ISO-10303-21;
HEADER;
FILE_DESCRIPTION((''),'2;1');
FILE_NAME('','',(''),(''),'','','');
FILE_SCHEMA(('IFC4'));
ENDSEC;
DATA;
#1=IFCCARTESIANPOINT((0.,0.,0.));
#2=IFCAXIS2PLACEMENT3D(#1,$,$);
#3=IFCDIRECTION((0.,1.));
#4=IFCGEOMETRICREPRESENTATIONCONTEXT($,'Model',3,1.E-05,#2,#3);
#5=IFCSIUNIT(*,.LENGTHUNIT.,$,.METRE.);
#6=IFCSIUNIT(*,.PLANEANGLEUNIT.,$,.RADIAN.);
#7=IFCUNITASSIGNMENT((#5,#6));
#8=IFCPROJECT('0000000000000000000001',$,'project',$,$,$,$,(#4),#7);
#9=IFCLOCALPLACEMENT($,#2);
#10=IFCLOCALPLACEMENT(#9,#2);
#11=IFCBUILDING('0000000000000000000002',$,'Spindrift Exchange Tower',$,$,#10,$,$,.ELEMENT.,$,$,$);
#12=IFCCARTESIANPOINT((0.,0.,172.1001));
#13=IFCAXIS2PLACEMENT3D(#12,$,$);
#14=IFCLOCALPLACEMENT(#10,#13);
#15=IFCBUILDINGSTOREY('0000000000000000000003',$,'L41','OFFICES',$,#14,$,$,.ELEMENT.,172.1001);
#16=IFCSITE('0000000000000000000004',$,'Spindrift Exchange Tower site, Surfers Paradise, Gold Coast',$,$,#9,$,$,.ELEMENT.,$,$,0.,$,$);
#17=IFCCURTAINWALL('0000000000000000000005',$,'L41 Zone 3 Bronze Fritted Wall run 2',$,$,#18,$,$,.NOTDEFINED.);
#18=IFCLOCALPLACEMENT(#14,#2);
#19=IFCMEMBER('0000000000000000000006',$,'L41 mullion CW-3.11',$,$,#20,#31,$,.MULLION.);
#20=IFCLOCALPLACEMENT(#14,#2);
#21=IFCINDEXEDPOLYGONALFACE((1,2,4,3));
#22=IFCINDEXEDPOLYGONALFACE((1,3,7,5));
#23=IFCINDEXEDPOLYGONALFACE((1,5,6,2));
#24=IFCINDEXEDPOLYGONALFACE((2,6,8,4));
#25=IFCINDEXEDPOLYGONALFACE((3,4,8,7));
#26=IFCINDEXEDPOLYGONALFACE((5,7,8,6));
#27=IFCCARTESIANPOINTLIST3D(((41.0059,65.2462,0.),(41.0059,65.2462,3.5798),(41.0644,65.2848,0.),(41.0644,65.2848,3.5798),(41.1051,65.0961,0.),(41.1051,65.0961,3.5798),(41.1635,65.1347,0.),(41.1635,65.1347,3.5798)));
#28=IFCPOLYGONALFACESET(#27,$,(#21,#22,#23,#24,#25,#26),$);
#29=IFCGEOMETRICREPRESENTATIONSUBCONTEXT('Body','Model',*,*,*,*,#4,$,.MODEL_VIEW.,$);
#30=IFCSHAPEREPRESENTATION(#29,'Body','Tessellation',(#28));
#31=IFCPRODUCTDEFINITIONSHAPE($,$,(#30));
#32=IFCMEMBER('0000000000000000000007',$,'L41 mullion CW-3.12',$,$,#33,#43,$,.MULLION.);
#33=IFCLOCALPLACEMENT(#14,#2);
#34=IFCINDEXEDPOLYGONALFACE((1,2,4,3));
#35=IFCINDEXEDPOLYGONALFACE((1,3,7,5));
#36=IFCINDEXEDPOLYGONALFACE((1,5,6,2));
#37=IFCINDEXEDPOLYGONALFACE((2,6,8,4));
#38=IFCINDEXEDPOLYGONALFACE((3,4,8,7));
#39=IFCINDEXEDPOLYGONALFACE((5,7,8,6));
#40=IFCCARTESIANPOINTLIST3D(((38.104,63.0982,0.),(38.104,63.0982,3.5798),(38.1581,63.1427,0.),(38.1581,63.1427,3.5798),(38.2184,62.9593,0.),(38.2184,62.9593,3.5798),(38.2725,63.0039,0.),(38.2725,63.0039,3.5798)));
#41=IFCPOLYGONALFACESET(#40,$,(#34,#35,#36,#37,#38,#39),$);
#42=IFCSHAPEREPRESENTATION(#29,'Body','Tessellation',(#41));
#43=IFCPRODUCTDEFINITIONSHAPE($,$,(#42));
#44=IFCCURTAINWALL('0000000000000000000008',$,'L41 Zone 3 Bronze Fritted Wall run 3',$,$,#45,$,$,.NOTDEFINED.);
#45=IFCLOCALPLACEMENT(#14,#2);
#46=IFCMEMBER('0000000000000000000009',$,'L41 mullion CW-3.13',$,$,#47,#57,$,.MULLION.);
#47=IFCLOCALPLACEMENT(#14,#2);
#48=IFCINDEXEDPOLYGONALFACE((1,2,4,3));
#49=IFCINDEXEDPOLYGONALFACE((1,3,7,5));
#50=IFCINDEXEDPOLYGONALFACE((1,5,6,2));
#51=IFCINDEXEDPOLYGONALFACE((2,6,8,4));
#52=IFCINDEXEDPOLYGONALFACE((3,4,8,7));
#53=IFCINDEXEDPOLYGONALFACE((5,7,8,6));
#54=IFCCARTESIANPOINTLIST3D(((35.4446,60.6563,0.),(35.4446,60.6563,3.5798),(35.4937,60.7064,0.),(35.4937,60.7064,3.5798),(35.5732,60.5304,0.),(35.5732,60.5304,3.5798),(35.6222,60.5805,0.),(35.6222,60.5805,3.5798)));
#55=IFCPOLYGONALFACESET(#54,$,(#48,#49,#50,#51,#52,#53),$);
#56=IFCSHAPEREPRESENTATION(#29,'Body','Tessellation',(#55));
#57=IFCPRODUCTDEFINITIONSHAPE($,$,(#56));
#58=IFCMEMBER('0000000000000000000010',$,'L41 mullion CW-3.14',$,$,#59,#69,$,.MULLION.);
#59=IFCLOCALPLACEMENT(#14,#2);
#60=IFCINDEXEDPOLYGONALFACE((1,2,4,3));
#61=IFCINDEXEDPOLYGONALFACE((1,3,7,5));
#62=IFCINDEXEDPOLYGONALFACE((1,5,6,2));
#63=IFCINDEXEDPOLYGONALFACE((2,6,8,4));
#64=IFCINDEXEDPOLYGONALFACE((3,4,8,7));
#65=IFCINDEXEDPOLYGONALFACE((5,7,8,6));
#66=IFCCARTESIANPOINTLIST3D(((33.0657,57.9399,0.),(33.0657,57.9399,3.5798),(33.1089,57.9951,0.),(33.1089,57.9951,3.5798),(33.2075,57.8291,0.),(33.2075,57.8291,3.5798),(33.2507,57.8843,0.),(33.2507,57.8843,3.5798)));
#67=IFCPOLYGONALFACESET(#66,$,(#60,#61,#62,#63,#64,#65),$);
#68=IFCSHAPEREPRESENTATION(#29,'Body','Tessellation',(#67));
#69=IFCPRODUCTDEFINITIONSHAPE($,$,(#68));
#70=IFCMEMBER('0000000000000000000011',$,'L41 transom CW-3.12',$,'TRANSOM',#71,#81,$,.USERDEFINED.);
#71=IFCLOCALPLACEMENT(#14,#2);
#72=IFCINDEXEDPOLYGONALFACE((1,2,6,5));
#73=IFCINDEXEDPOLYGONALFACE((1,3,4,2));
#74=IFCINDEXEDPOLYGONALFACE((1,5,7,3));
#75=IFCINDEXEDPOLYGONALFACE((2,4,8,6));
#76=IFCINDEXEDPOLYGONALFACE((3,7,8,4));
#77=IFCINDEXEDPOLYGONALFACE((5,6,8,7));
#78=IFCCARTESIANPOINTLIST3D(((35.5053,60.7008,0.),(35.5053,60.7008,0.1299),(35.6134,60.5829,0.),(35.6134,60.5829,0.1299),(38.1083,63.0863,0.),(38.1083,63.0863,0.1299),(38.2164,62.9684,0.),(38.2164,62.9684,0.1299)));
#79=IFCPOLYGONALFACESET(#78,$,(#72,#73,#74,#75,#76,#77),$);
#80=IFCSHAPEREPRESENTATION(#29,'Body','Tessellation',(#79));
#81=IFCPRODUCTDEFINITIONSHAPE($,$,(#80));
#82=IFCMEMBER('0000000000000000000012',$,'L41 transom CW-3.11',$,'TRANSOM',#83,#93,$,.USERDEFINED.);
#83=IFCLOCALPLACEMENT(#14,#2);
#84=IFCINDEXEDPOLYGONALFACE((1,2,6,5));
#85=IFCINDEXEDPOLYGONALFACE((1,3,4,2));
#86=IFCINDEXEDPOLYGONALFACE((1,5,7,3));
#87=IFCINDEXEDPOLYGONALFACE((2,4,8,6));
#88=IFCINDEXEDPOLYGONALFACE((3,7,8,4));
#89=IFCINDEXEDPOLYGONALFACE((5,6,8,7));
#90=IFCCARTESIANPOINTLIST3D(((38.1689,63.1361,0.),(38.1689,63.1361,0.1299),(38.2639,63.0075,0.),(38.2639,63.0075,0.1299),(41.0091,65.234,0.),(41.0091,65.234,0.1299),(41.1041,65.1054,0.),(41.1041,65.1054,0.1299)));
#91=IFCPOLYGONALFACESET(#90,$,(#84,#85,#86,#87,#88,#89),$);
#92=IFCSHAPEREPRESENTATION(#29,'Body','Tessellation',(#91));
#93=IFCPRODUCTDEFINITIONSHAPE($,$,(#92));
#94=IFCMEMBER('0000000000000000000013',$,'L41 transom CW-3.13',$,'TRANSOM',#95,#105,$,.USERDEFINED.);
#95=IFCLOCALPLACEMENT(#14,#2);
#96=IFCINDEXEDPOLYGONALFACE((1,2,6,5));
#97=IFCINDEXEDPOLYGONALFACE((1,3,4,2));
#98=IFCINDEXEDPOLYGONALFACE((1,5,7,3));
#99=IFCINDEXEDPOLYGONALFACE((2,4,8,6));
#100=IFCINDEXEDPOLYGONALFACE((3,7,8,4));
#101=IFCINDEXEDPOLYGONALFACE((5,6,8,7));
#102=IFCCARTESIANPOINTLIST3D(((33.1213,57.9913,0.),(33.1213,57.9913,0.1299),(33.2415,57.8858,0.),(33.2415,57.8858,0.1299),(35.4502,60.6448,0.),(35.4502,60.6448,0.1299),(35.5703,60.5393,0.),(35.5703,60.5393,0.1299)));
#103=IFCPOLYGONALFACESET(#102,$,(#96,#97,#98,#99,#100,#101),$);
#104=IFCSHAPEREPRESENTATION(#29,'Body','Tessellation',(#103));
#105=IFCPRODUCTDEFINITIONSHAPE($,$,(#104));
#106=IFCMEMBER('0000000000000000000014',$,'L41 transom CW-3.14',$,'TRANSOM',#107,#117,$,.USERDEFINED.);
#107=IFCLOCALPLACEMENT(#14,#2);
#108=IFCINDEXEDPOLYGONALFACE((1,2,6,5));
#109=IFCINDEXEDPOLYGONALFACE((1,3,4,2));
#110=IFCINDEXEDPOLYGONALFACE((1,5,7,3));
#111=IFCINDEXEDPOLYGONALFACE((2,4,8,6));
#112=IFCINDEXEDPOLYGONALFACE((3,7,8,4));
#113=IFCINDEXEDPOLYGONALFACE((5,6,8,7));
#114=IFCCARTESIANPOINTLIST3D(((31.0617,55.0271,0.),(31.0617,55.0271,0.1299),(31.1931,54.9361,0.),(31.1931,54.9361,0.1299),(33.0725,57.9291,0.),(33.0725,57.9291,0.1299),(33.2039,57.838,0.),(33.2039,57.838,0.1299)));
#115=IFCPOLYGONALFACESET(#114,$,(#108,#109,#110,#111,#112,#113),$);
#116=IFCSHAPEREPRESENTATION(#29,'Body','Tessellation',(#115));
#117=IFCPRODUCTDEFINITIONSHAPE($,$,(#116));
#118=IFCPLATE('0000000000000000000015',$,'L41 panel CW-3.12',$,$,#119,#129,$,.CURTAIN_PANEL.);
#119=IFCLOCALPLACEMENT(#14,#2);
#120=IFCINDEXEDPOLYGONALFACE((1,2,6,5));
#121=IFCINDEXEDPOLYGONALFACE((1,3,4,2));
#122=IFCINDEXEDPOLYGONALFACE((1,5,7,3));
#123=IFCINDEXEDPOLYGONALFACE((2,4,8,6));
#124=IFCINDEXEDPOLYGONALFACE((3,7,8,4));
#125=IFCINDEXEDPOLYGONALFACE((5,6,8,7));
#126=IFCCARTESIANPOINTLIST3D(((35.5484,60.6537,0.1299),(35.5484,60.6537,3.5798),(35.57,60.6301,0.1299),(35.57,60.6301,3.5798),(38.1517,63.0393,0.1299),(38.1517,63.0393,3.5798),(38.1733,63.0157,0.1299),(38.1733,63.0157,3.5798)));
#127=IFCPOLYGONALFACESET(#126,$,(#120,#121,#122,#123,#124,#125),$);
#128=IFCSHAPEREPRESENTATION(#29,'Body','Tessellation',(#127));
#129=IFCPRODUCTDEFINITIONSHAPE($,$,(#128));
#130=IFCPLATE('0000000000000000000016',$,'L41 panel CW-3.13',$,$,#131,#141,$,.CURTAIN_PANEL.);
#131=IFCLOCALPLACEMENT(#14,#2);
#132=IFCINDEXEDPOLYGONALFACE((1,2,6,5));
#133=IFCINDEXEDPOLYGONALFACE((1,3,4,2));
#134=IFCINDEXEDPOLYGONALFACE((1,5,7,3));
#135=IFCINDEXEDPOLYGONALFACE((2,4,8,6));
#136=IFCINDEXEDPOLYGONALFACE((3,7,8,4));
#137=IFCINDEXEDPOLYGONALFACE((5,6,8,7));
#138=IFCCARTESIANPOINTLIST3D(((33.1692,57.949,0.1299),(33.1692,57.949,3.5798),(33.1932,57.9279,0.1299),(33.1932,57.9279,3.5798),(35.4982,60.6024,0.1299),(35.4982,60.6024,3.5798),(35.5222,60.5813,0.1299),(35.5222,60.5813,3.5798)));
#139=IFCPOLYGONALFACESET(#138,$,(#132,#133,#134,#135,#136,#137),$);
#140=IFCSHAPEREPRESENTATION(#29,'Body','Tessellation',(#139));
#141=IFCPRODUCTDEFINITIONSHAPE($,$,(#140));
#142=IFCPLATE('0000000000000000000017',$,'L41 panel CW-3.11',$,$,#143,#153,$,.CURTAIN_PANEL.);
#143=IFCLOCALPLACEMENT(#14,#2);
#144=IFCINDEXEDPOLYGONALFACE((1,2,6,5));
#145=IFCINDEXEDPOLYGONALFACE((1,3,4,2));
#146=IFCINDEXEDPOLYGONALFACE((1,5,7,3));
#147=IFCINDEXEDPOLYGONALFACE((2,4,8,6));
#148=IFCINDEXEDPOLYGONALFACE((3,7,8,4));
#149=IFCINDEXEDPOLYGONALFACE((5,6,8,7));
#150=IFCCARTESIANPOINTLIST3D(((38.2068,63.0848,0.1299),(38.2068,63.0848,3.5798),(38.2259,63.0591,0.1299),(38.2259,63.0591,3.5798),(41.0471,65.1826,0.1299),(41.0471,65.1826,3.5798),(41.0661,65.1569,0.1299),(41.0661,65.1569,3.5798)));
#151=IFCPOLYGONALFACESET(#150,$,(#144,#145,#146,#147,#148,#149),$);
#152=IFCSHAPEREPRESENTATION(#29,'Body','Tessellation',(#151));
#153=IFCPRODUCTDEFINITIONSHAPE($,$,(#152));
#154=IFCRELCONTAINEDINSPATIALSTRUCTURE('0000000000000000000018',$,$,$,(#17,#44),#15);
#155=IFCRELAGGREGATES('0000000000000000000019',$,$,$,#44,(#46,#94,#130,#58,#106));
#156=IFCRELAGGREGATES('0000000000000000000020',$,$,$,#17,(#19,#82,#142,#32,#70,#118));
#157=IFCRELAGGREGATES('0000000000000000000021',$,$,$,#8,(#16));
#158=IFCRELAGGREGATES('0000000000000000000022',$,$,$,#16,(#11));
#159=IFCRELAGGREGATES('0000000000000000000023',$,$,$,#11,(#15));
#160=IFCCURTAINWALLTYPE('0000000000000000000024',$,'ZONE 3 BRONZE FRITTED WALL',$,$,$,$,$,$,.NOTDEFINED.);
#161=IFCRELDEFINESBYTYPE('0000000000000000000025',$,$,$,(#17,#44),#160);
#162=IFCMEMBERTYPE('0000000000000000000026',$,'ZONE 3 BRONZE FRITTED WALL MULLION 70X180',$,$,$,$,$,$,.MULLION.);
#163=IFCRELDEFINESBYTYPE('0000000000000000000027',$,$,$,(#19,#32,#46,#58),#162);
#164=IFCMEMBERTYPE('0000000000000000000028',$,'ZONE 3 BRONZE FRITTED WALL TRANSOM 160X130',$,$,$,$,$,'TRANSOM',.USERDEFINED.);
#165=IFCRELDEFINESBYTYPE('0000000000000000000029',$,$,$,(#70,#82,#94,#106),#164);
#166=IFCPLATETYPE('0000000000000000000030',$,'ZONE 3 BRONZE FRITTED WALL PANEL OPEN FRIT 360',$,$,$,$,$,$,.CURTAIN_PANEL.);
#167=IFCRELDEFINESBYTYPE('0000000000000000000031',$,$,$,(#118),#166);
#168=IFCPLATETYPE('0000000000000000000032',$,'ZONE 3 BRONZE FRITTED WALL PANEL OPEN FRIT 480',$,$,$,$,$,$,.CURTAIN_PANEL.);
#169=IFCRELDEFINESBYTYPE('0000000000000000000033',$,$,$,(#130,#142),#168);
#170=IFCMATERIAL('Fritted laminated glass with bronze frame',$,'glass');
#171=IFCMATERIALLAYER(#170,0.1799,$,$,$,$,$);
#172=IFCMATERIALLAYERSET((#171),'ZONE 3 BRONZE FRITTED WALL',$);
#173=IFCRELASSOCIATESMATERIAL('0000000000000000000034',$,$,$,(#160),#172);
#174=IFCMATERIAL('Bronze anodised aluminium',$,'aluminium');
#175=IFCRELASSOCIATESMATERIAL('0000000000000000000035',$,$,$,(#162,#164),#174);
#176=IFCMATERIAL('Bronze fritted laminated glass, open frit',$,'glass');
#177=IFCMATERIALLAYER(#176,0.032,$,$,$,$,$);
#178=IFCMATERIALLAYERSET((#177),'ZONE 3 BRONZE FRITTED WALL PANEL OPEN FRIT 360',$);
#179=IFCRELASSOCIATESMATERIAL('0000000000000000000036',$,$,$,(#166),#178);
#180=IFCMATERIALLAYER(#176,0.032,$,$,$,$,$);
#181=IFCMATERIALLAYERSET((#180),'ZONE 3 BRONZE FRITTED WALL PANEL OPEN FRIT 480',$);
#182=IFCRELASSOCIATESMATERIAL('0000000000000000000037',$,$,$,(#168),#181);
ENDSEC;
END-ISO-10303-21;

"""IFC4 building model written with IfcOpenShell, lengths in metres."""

from ifc_helpers import new_model, si_unit, direction, frame, origin, origin_2d, place, context, subcontext, project, spatial, rectangle, extrude, source, transform, mapped, material, layer, layer_set, material_profile, profile_set, type_object, element, aggregate, save


model = new_model("IFC4")

# Units and contexts
model_context = context("Model", 3, precision=1e-05, world=origin(), true_north=direction((0.0, 1.0)))
body_context = subcontext(model_context, "Body", "Model", "MODEL_VIEW")
ifc_project = project(units=[si_unit("LENGTHUNIT", "METRE"), si_unit("PLANEANGLEUNIT", "RADIAN")], contexts=[model_context])

# Site, building, storey
site_placement = place(None, origin())
site = spatial("IfcSite", under=ifc_project, at=site_placement, Name="Spindrift Exchange Tower site, Surfers Paradise, Gold Coast", CompositionType="ELEMENT", RefElevation=0.0)
building_placement = place(site_placement, origin())
building = spatial("IfcBuilding", under=site, at=building_placement, Name="Spindrift Exchange Tower", CompositionType="ELEMENT")
storey_placement = place(building_placement, frame((0.0, 0.0, 172.1001)))
storey = spatial("IfcBuildingStorey", under=building, at=storey_placement, Name="L41", Description="OFFICES", CompositionType="ELEMENT", Elevation=172.1001)

# Curtain walls, members
ifc_material_1 = material(Name="Fritted laminated glass with bronze frame", Category="glass")
ifc_layer_1 = layer(ifc_material_1, 0.1799)
ifc_layer_set_1 = layer_set([ifc_layer_1], Name="ZONE 3 BRONZE FRITTED WALL")
curtain_wall_type = type_object("IfcCurtainWallType", Name="ZONE 3 BRONZE FRITTED WALL", PredefinedType="NOTDEFINED", material=ifc_layer_set_1)
curtain_wall_1_placement = place(storey_placement, origin())
curtain_wall_1 = element("IfcCurtainWall", 1, at=curtain_wall_1_placement, inside=storey, type_object=curtain_wall_type, Name="L41 Zone 3 Bronze Fritted Wall run 2", PredefinedType="NOTDEFINED")
ifc_material_2 = material(Name="Bronze anodised aluminium", Category="aluminium")
ifc_material_profile_1 = material_profile(ifc_material_2, rectangle(XDim=0.0701, YDim=0.1799, at=origin_2d()), Name="ZONE 3 BRONZE FRITTED WALL MULLION 70X180")
ifc_profile_set_1 = profile_set([ifc_material_profile_1], Name="Bronze anodised aluminium")
member_type_1 = type_object("IfcMemberType", Name="ZONE 3 BRONZE FRITTED WALL MULLION 70X180", PredefinedType="MULLION", material=ifc_profile_set_1)
shared_shape_1 = source(origin(), body_context, "Body", "SweptSolid", [
    extrude(rectangle(XDim=0.0701, YDim=0.1799, at=origin_2d()), origin(), (0.0, 0.0, 1.0), 3.5798),
])
member_1_placement = place(storey_placement, frame((41.0847, 65.1904, 0.0), z_axis=(0.0, 0.0, 1.0), x_axis=(-0.834443, -0.551094, 0.0)))
member_1 = element("IfcMember", 2, at=member_1_placement, type_object=member_type_1, Name="L41 mullion CW-3.11", PredefinedType="MULLION", context=body_context, shape_type="MappedRepresentation", body=[
    mapped(shared_shape_1, transform((0.0, 0.0, 0.0), scale=1.0)),
])
member_2_placement = place(storey_placement, frame((38.1882, 63.051, 0.0), z_axis=(0.0, 0.0, 1.0), x_axis=(-0.771893, -0.635752, 0.0)))
member_2 = element("IfcMember", 3, at=member_2_placement, type_object=member_type_1, Name="L41 mullion CW-3.12", PredefinedType="MULLION", context=body_context, shape_type="MappedRepresentation", body=[
    mapped(shared_shape_1, transform((0.0, 0.0, 0.0), scale=1.0)),
])
curtain_wall_2_placement = place(storey_placement, origin())
curtain_wall_2 = element("IfcCurtainWall", 4, at=curtain_wall_2_placement, inside=storey, type_object=curtain_wall_type, Name="L41 Zone 3 Bronze Fritted Wall run 3", PredefinedType="NOTDEFINED")
member_3_placement = place(storey_placement, frame((35.5334, 60.6184, 0.0), z_axis=(0.0, 0.0, 1.0), x_axis=(-0.699493, -0.71464, 0.0)))
member_3 = element("IfcMember", 5, at=member_3_placement, type_object=member_type_1, Name="L41 mullion CW-3.13", PredefinedType="MULLION", context=body_context, shape_type="MappedRepresentation", body=[
    mapped(shared_shape_1, transform((0.0, 0.0, 0.0), scale=1.0)),
])
member_4_placement = place(storey_placement, frame((33.1582, 57.9121, 0.0), z_axis=(0.0, 0.0, 1.0), x_axis=(-0.615635, -0.788032, 0.0)))
member_4 = element("IfcMember", 6, at=member_4_placement, type_object=member_type_1, Name="L41 mullion CW-3.14", PredefinedType="MULLION", context=body_context, shape_type="MappedRepresentation", body=[
    mapped(shared_shape_1, transform((0.0, 0.0, 0.0), scale=1.0)),
])

# Members
ifc_material_profile_2 = material_profile(ifc_material_2, rectangle(XDim=0.1599, YDim=0.1299, at=origin_2d()), Name="ZONE 3 BRONZE FRITTED WALL TRANSOM 160X130")
ifc_profile_set_2 = profile_set([ifc_material_profile_2], Name="Bronze anodised aluminium")
member_type_2 = type_object("IfcMemberType", Name="ZONE 3 BRONZE FRITTED WALL TRANSOM 160X130", ElementType="TRANSOM", PredefinedType="USERDEFINED", material=ifc_profile_set_2)
shared_shape_2 = source(origin(), body_context, "Body", "SweptSolid", [
    extrude(rectangle(XDim=0.1599, YDim=0.1299, at=origin_2d()), origin(), (0.0, 0.0, 1.0), 3.5308),
])
member_5_placement = place(storey_placement, frame((38.1624, 63.0273, 0.0649), z_axis=(-0.73724, -0.675631, 0.0), x_axis=(0.675631, -0.73724, 0.0)))
member_5 = element("IfcMember", 7, at=member_5_placement, type_object=member_type_2, Name="L41 transom CW-3.12", ObjectType="TRANSOM", PredefinedType="USERDEFINED", context=body_context, shape_type="MappedRepresentation", body=[
    mapped(shared_shape_2, transform((0.0, 0.0, 0.0), scale=1.0)),
])
shared_shape_3 = source(origin(), body_context, "Body", "SweptSolid", [
    extrude(rectangle(XDim=0.1599, YDim=0.1299, at=origin_2d()), origin(), (0.0, 0.0, 1.0), 3.531),
])
member_6_placement = place(storey_placement, frame((41.0566, 65.1697, 0.0649), z_axis=(-0.804376, -0.594121, 0.0), x_axis=(0.594121, -0.804376, 0.0)))
member_6 = element("IfcMember", 8, at=member_6_placement, type_object=member_type_2, Name="L41 transom CW-3.11", ObjectType="TRANSOM", PredefinedType="USERDEFINED", context=body_context, shape_type="MappedRepresentation", body=[
    mapped(shared_shape_3, transform((0.0, 0.0, 0.0), scale=1.0)),
])
shared_shape_4 = source(origin(), body_context, "Body", "SweptSolid", [
    extrude(rectangle(XDim=0.1599, YDim=0.1299, at=origin_2d()), origin(), (0.0, 0.0, 1.0), 3.5305),
])
member_7_placement = place(storey_placement, frame((35.5103, 60.592, 0.0649), z_axis=(-0.659625, -0.751595, 0.0), x_axis=(0.751595, -0.659625, 0.0)))
member_7 = element("IfcMember", 9, at=member_7_placement, type_object=member_type_2, Name="L41 transom CW-3.13", ObjectType="TRANSOM", PredefinedType="USERDEFINED", context=body_context, shape_type="MappedRepresentation", body=[
    mapped(shared_shape_4, transform((0.0, 0.0, 0.0), scale=1.0)),
])
member_8_placement = place(storey_placement, frame((33.1382, 57.8835, 0.0649), z_axis=(-0.569548, -0.821958, 0.0), x_axis=(0.821958, -0.569548, 0.0)))
member_8 = element("IfcMember", 10, at=member_8_placement, type_object=member_type_2, Name="L41 transom CW-3.14", ObjectType="TRANSOM", PredefinedType="USERDEFINED", context=body_context, shape_type="MappedRepresentation", body=[
    mapped(shared_shape_4, transform((0.0, 0.0, 0.0), scale=1.0)),
])

# Plates
ifc_material_3 = material(Name="Bronze fritted laminated glass, open frit", Category="glass")
ifc_layer_2 = layer(ifc_material_3, 0.032)
ifc_layer_set_2 = layer_set([ifc_layer_2], Name="ZONE 3 BRONZE FRITTED WALL PANEL OPEN FRIT 360")
plate_type_1 = type_object("IfcPlateType", Name="ZONE 3 BRONZE FRITTED WALL PANEL OPEN FRIT 360", PredefinedType="CURTAIN_PANEL", material=ifc_layer_set_2)
shared_shape_5 = source(origin(), body_context, "Body", "SweptSolid", [
    extrude(rectangle(XDim=3.531, YDim=0.032, at=origin_2d()), origin(), (0.0, 0.0, 1.0), 3.45),
])
plate_1_placement = place(storey_placement, frame((36.8608, 61.8347, 0.1299), z_axis=(0.0, 0.0, 1.0), x_axis=(-0.73726, -0.67561, 0.0)))
plate_1 = element("IfcPlate", 11, at=plate_1_placement, type_object=plate_type_1, Name="L41 panel CW-3.12", PredefinedType="CURTAIN_PANEL", context=body_context, shape_type="MappedRepresentation", body=[
    mapped(shared_shape_5, transform((0.0, 0.0, 0.0), scale=1.0)),
])
ifc_layer_3 = layer(ifc_material_3, 0.032)
ifc_layer_set_3 = layer_set([ifc_layer_3], Name="ZONE 3 BRONZE FRITTED WALL PANEL OPEN FRIT 480")
plate_type_2 = type_object("IfcPlateType", Name="ZONE 3 BRONZE FRITTED WALL PANEL OPEN FRIT 480", PredefinedType="CURTAIN_PANEL", material=ifc_layer_set_3)
shared_shape_6 = source(origin(), body_context, "Body", "SweptSolid", [
    extrude(rectangle(XDim=3.5305, YDim=0.032, at=origin_2d()), origin(), (0.0, 0.0, 1.0), 3.45),
])
plate_2_placement = place(storey_placement, frame((34.3457, 59.2651, 0.1299), z_axis=(0.0, 0.0, 1.0), x_axis=(-0.659662, -0.751562, 0.0)))
plate_2 = element("IfcPlate", 12, at=plate_2_placement, type_object=plate_type_2, Name="L41 panel CW-3.13", PredefinedType="CURTAIN_PANEL", context=body_context, shape_type="MappedRepresentation", body=[
    mapped(shared_shape_6, transform((0.0, 0.0, 0.0), scale=1.0)),
])
aggregate(curtain_wall_2, [member_3, member_7, plate_2, member_4, member_8])
shared_shape_7 = source(origin(), body_context, "Body", "SweptSolid", [
    extrude(rectangle(XDim=3.531, YDim=0.032, at=origin_2d()), origin(), (0.0, 0.0, 1.0), 3.45),
])
plate_3_placement = place(storey_placement, frame((39.6365, 64.1208, 0.1299), z_axis=(0.0, 0.0, 1.0), x_axis=(-0.804374, -0.594124, 0.0)))
plate_3 = element("IfcPlate", 13, at=plate_3_placement, type_object=plate_type_2, Name="L41 panel CW-3.11", PredefinedType="CURTAIN_PANEL", context=body_context, shape_type="MappedRepresentation", body=[
    mapped(shared_shape_7, transform((0.0, 0.0, 0.0), scale=1.0)),
])
aggregate(curtain_wall_1, [member_1, member_6, plate_3, member_2, member_5, plate_1])

save(model, "model.ifc")
